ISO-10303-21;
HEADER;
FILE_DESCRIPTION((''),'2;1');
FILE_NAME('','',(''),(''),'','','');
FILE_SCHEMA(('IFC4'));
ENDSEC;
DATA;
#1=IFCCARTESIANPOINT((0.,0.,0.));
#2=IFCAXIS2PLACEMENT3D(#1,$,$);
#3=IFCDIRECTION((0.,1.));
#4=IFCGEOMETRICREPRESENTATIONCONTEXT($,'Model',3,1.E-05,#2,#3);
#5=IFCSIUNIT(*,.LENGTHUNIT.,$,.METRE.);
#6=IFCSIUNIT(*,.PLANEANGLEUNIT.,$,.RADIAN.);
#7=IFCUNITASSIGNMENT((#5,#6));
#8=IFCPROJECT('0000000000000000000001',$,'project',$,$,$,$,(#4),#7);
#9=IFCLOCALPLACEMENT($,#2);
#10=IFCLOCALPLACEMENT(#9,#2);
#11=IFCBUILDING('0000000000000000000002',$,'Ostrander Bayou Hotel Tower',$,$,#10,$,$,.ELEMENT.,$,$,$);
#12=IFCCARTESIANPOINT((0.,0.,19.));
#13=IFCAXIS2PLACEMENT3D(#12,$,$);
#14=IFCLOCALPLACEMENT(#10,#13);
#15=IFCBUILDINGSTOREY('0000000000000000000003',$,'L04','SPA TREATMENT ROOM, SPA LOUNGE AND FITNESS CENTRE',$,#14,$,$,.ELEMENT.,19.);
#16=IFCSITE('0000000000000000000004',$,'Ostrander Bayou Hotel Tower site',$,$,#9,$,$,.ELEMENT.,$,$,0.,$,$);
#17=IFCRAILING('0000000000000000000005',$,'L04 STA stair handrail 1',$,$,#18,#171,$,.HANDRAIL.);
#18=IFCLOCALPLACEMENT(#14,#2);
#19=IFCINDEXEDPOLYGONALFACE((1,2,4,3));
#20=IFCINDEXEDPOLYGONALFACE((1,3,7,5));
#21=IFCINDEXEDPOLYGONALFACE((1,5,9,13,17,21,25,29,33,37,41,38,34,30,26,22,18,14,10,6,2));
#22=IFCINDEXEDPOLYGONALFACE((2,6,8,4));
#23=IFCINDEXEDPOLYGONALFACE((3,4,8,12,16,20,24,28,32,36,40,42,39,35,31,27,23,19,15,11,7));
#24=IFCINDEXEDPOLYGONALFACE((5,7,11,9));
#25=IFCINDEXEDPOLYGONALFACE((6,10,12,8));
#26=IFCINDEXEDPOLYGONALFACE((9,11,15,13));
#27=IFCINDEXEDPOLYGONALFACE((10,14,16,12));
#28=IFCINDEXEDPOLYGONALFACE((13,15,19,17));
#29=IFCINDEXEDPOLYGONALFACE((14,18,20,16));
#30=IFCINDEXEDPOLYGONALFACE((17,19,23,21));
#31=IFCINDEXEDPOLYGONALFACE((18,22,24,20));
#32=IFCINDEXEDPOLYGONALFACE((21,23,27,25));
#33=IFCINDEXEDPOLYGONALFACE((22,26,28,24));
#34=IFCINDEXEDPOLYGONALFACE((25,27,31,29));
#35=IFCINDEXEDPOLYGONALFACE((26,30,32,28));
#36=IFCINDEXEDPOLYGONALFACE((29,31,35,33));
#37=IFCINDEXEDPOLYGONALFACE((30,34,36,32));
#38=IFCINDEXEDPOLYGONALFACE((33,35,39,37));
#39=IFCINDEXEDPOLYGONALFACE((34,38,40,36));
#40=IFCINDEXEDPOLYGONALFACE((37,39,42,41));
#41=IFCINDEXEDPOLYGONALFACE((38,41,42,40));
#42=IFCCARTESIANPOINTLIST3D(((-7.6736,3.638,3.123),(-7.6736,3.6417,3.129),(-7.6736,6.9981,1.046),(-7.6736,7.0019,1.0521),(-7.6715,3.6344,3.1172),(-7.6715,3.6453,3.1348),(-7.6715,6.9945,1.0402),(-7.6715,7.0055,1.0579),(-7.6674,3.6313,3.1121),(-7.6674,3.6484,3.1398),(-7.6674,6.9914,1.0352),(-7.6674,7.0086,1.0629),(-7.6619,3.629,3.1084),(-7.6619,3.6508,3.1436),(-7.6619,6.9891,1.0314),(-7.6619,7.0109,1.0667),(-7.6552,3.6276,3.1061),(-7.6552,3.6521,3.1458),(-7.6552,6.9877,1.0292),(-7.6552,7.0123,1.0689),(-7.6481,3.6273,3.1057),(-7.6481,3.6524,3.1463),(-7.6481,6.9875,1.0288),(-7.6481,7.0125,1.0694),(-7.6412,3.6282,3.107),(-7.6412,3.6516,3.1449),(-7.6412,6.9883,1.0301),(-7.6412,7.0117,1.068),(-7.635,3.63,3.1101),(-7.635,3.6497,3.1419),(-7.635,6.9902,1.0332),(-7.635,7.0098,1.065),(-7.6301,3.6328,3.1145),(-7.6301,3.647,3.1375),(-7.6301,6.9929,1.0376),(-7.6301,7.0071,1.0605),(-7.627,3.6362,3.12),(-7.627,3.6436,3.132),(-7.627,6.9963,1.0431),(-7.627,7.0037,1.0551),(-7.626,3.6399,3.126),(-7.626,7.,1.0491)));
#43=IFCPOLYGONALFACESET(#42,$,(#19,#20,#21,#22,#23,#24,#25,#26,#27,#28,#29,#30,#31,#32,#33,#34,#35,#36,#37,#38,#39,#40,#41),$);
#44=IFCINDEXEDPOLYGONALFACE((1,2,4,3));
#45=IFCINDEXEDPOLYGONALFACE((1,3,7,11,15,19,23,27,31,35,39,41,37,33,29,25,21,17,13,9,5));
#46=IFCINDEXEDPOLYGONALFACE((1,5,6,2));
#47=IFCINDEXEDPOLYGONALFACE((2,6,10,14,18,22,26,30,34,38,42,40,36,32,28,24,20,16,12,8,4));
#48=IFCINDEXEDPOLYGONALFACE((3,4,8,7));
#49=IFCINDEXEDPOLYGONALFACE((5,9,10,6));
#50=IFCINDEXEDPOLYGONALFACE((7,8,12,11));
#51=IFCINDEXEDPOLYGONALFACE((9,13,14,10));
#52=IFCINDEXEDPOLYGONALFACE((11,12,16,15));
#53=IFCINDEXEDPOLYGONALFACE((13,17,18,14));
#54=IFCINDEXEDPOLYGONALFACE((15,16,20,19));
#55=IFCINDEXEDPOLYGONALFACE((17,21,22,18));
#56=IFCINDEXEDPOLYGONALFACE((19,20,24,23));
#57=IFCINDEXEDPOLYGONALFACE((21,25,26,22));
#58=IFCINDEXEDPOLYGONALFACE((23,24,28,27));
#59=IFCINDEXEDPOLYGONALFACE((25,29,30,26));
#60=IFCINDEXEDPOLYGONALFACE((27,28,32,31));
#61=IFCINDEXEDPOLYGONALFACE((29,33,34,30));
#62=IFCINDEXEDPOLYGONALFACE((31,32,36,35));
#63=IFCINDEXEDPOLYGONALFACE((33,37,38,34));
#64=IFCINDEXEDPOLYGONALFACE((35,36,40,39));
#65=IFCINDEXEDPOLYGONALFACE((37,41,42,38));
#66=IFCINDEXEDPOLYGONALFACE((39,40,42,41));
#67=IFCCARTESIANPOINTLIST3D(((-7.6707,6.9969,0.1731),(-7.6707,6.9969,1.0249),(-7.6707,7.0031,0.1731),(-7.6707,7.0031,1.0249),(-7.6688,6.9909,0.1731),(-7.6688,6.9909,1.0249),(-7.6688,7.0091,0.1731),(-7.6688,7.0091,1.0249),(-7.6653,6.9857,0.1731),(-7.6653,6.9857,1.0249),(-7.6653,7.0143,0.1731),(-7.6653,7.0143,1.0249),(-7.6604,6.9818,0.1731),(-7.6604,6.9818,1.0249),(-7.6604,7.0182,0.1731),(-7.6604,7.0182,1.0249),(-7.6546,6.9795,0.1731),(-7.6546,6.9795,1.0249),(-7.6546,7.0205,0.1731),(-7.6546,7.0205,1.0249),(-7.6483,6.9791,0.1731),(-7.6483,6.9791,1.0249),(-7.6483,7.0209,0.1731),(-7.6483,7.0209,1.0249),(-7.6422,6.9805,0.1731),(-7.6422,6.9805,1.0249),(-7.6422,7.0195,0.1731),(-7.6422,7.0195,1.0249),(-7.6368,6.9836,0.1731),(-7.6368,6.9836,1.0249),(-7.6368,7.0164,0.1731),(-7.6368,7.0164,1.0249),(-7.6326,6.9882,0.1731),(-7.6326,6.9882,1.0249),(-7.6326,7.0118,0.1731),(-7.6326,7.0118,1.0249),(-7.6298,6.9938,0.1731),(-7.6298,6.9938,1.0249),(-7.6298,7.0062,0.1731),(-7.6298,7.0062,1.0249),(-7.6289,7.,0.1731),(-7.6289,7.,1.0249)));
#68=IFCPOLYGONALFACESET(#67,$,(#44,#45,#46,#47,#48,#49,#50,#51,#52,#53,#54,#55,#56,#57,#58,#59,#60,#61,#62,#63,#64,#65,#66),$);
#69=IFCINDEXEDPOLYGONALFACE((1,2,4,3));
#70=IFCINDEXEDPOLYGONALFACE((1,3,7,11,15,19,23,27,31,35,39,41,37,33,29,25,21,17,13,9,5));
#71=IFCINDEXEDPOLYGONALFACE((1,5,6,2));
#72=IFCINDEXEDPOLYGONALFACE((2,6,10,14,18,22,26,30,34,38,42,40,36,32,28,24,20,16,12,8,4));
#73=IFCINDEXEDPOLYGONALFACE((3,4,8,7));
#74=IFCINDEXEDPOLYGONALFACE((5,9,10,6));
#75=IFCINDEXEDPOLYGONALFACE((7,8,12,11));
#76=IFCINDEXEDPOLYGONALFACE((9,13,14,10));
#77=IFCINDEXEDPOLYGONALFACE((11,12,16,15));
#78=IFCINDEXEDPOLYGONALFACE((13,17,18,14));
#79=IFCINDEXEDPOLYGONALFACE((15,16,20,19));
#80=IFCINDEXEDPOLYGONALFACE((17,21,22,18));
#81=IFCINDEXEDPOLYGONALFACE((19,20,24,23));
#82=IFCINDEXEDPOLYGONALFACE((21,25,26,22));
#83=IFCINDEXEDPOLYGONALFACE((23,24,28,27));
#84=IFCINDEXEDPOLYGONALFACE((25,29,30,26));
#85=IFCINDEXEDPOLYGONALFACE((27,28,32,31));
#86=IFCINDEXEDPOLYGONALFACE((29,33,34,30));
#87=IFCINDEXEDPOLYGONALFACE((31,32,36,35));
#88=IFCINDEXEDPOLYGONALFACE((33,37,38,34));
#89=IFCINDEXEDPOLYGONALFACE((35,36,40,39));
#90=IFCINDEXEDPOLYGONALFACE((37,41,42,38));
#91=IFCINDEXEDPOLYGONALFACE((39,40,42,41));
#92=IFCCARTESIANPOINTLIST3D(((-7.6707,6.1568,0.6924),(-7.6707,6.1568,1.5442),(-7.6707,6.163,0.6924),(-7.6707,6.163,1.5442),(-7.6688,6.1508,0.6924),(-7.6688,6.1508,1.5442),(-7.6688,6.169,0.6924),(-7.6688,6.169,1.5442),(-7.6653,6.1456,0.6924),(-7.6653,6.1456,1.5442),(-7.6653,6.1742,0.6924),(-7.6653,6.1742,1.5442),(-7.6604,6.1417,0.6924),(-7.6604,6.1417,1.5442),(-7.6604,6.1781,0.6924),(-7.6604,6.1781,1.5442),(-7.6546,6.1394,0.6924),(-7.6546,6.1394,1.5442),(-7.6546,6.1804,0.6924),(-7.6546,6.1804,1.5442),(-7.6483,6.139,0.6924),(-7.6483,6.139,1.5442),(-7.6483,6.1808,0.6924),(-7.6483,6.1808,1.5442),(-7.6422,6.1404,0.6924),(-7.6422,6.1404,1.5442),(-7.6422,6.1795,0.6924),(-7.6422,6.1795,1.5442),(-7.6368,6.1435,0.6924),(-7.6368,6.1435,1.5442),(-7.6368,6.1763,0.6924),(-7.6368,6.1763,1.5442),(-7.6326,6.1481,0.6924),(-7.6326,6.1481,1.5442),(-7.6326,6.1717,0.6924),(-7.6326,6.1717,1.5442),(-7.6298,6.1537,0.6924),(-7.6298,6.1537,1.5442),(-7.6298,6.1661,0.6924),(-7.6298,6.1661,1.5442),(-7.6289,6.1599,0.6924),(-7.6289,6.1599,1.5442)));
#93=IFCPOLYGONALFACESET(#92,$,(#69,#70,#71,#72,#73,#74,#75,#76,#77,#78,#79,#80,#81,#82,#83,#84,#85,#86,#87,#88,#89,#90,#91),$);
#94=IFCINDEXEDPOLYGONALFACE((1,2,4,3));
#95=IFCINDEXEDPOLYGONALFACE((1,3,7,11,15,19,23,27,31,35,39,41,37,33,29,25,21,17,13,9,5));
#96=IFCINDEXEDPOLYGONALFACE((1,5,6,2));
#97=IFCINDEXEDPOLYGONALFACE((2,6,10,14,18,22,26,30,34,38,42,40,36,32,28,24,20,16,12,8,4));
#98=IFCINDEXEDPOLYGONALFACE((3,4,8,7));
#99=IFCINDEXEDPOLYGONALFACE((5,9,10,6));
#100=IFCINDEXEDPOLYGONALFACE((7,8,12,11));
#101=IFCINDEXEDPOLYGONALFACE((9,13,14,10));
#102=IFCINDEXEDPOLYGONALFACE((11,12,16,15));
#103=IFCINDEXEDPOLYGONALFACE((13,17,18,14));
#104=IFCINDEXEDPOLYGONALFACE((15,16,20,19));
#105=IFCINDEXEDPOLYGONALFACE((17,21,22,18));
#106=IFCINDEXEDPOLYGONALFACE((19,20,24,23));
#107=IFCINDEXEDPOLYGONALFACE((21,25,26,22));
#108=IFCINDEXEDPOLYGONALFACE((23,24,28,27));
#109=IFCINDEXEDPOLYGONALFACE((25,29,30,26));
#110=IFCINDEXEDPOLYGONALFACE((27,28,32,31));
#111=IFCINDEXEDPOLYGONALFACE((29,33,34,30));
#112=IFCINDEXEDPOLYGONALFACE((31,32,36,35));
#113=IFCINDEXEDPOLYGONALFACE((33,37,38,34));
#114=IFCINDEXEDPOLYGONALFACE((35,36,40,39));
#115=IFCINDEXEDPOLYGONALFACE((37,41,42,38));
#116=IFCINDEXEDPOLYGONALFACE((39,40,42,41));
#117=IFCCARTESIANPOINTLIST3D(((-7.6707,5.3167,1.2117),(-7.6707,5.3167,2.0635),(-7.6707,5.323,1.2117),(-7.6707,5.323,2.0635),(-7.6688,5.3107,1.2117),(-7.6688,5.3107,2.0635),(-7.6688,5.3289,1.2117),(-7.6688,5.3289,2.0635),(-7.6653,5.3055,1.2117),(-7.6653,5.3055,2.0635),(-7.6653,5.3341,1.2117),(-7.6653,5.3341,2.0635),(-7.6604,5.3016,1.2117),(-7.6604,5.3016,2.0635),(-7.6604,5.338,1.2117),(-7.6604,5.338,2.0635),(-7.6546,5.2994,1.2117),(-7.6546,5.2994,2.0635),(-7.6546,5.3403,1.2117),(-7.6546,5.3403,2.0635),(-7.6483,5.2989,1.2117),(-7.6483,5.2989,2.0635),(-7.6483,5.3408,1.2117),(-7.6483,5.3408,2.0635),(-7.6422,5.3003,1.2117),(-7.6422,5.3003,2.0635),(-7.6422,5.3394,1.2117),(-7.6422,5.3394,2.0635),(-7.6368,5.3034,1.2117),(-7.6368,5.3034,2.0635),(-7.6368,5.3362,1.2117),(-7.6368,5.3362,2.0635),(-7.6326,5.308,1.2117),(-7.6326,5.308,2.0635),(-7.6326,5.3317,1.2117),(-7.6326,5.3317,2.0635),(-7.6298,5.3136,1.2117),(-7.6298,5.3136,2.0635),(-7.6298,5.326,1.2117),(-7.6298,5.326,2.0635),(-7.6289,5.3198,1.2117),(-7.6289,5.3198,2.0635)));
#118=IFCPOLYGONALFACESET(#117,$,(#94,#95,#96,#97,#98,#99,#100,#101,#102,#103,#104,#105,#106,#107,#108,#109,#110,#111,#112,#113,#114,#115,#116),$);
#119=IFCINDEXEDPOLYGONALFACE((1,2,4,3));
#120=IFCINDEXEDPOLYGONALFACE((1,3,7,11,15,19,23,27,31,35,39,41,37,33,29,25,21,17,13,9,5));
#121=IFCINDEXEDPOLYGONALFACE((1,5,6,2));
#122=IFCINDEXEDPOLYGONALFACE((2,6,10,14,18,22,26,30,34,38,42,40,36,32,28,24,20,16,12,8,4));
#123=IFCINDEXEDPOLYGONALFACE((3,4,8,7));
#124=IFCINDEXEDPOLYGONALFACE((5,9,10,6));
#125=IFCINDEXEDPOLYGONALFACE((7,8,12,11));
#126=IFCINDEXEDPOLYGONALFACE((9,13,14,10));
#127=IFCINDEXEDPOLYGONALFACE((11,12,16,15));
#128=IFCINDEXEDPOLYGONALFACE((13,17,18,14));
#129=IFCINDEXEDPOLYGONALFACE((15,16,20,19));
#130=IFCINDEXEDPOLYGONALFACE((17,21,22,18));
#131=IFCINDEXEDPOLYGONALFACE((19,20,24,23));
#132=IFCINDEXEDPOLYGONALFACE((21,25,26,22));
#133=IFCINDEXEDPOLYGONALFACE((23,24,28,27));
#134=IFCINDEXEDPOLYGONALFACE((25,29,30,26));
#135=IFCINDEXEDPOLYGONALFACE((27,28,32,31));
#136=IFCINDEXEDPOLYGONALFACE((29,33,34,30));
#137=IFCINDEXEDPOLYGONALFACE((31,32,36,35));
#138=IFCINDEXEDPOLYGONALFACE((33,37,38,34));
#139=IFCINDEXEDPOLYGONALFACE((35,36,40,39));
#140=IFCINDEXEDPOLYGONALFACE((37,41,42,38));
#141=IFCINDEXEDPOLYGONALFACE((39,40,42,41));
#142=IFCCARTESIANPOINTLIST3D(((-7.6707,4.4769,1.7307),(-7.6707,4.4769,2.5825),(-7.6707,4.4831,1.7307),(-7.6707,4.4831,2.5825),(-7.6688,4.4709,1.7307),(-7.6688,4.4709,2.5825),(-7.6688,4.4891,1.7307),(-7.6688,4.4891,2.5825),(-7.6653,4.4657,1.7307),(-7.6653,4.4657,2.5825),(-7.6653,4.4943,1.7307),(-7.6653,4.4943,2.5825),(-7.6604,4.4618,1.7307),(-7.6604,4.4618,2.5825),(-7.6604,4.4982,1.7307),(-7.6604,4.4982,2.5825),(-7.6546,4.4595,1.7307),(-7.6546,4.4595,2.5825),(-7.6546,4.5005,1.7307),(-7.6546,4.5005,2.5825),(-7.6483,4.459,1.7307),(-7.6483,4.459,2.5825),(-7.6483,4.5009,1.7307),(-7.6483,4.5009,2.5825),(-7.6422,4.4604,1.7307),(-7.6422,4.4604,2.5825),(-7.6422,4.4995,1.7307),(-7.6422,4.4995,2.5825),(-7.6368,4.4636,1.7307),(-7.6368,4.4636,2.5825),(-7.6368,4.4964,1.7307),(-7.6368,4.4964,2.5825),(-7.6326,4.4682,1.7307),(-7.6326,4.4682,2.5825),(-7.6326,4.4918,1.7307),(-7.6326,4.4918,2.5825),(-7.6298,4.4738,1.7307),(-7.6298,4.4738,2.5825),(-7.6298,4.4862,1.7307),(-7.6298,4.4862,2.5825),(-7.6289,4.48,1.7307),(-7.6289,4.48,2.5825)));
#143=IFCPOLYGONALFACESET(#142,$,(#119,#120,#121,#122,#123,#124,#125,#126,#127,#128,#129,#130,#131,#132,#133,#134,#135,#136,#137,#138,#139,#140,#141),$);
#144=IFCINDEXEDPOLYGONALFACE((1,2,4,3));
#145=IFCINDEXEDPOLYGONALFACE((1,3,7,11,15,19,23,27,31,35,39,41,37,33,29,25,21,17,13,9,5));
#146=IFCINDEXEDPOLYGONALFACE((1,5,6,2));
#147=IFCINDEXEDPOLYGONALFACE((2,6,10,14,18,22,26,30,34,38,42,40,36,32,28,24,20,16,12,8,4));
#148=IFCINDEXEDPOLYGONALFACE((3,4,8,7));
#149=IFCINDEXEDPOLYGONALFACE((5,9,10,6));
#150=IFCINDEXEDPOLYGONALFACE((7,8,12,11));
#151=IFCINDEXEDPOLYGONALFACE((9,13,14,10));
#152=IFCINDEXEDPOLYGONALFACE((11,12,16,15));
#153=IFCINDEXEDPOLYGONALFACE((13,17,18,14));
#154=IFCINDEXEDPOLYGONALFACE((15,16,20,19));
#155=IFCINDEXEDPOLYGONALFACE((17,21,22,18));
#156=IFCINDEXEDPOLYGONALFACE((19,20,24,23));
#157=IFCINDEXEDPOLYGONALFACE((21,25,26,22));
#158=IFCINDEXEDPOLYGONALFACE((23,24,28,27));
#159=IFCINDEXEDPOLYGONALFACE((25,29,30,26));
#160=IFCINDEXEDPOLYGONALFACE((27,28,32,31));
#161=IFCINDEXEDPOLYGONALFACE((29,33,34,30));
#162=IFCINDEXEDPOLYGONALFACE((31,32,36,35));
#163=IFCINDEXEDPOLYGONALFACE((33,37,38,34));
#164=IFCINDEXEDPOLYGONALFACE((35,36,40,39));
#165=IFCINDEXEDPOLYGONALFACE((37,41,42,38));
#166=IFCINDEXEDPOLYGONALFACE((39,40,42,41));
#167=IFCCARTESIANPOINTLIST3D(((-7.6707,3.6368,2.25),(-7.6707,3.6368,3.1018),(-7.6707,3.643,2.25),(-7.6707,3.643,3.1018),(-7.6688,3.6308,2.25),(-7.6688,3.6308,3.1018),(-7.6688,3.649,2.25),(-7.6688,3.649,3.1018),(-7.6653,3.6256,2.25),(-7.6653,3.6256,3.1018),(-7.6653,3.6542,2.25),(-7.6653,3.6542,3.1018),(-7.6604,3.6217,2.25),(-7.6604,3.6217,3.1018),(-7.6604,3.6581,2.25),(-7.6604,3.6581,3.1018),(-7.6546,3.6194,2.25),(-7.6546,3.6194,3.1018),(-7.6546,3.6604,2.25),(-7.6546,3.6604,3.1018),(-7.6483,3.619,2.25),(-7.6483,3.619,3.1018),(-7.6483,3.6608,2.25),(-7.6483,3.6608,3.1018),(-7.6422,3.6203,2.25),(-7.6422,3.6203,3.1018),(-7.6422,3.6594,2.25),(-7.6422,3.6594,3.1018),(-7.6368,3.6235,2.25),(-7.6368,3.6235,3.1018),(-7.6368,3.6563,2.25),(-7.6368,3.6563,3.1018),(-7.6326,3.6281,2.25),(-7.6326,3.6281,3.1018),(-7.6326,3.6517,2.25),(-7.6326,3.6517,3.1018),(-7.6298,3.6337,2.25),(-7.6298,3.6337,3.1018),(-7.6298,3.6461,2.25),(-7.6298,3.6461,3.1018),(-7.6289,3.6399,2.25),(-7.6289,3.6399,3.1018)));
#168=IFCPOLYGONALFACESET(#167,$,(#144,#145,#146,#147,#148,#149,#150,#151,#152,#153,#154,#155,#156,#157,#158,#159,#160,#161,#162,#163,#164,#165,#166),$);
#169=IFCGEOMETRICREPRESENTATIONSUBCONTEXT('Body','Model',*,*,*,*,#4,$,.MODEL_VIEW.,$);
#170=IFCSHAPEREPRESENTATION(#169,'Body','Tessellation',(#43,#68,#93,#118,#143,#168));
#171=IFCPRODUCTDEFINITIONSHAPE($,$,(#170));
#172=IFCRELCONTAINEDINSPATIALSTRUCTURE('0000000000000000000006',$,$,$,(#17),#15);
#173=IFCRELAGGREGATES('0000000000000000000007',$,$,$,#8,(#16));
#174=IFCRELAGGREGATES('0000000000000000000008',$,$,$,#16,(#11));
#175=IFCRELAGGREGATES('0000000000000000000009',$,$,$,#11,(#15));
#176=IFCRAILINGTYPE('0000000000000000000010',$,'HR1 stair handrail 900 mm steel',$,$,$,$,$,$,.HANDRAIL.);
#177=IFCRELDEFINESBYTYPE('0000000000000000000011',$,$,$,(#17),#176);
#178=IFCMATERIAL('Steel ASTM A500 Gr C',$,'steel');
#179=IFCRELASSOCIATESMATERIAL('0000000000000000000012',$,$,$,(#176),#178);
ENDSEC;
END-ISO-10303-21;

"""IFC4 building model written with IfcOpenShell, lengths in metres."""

from ifc_helpers import new_model, si_unit, direction, frame, origin, origin_2d, place, context, subcontext, project, spatial, circle, extrude, material, type_object, element, save


model = new_model("IFC4")

# Units and contexts
model_context = context("Model", 3, precision=1e-05, world=origin(), true_north=direction((0.0, 1.0)))
body_context = subcontext(model_context, "Body", "Model", "MODEL_VIEW")
ifc_project = project(units=[si_unit("LENGTHUNIT", "METRE"), si_unit("PLANEANGLEUNIT", "RADIAN")], contexts=[model_context])

# Site, building, storey
site_placement = place(None, origin())
site = spatial("IfcSite", under=ifc_project, at=site_placement, Name="Ostrander Bayou Hotel Tower site", CompositionType="ELEMENT", RefElevation=0.0)
building_placement = place(site_placement, origin())
building = spatial("IfcBuilding", under=site, at=building_placement, Name="Ostrander Bayou Hotel Tower", CompositionType="ELEMENT")
storey_placement = place(building_placement, frame((0.0, 0.0, 19.0)))
storey = spatial("IfcBuildingStorey", under=building, at=storey_placement, Name="L04", Description="SPA TREATMENT ROOM, SPA LOUNGE AND FITNESS CENTRE", CompositionType="ELEMENT", Elevation=19.0)

# Railing
ifc_material_1 = material(Name="Steel ASTM A500 Gr C", Category="steel")
railing_type_1 = type_object("IfcRailingType", Name="HR1 stair handrail 900 mm steel", PredefinedType="HANDRAIL", material=ifc_material_1)
railing_1_placement = place(storey_placement, frame((-7.6499, 7.0, 0.1731)))
element("IfcRailing", 1, at=railing_1_placement, inside=storey, type_object=railing_type_1, Name="L04 STA stair handrail 1", PredefinedType="HANDRAIL", context=body_context, shape_type="SweptSolid", body=[
    extrude(circle(Radius=0.0239, at=origin_2d()), frame((0.0, 0.0, 0.876), z_axis=(0.0, -0.850623, 0.525776), x_axis=(1.0, 0.0, 0.0)), (0.0, 0.0, 1.0), 3.9502),
    extrude(circle(Radius=0.021, at=origin_2d()), origin(), (0.0, 0.0, 1.0), 0.8518),
    extrude(circle(Radius=0.021, at=origin_2d()), frame((0.0, -0.8401, 0.5193)), (0.0, 0.0, 1.0), 0.8518),
    extrude(circle(Radius=0.021, at=origin_2d()), frame((0.0, -1.6802, 1.0386)), (0.0, 0.0, 1.0), 0.8518),
    extrude(circle(Radius=0.021, at=origin_2d()), frame((0.0, -2.52, 1.5576)), (0.0, 0.0, 1.0), 0.8518),
    extrude(circle(Radius=0.021, at=origin_2d()), frame((0.0, -3.3601, 2.0769)), (0.0, 0.0, 1.0), 0.8518),
])

save(model, "model.ifc")
